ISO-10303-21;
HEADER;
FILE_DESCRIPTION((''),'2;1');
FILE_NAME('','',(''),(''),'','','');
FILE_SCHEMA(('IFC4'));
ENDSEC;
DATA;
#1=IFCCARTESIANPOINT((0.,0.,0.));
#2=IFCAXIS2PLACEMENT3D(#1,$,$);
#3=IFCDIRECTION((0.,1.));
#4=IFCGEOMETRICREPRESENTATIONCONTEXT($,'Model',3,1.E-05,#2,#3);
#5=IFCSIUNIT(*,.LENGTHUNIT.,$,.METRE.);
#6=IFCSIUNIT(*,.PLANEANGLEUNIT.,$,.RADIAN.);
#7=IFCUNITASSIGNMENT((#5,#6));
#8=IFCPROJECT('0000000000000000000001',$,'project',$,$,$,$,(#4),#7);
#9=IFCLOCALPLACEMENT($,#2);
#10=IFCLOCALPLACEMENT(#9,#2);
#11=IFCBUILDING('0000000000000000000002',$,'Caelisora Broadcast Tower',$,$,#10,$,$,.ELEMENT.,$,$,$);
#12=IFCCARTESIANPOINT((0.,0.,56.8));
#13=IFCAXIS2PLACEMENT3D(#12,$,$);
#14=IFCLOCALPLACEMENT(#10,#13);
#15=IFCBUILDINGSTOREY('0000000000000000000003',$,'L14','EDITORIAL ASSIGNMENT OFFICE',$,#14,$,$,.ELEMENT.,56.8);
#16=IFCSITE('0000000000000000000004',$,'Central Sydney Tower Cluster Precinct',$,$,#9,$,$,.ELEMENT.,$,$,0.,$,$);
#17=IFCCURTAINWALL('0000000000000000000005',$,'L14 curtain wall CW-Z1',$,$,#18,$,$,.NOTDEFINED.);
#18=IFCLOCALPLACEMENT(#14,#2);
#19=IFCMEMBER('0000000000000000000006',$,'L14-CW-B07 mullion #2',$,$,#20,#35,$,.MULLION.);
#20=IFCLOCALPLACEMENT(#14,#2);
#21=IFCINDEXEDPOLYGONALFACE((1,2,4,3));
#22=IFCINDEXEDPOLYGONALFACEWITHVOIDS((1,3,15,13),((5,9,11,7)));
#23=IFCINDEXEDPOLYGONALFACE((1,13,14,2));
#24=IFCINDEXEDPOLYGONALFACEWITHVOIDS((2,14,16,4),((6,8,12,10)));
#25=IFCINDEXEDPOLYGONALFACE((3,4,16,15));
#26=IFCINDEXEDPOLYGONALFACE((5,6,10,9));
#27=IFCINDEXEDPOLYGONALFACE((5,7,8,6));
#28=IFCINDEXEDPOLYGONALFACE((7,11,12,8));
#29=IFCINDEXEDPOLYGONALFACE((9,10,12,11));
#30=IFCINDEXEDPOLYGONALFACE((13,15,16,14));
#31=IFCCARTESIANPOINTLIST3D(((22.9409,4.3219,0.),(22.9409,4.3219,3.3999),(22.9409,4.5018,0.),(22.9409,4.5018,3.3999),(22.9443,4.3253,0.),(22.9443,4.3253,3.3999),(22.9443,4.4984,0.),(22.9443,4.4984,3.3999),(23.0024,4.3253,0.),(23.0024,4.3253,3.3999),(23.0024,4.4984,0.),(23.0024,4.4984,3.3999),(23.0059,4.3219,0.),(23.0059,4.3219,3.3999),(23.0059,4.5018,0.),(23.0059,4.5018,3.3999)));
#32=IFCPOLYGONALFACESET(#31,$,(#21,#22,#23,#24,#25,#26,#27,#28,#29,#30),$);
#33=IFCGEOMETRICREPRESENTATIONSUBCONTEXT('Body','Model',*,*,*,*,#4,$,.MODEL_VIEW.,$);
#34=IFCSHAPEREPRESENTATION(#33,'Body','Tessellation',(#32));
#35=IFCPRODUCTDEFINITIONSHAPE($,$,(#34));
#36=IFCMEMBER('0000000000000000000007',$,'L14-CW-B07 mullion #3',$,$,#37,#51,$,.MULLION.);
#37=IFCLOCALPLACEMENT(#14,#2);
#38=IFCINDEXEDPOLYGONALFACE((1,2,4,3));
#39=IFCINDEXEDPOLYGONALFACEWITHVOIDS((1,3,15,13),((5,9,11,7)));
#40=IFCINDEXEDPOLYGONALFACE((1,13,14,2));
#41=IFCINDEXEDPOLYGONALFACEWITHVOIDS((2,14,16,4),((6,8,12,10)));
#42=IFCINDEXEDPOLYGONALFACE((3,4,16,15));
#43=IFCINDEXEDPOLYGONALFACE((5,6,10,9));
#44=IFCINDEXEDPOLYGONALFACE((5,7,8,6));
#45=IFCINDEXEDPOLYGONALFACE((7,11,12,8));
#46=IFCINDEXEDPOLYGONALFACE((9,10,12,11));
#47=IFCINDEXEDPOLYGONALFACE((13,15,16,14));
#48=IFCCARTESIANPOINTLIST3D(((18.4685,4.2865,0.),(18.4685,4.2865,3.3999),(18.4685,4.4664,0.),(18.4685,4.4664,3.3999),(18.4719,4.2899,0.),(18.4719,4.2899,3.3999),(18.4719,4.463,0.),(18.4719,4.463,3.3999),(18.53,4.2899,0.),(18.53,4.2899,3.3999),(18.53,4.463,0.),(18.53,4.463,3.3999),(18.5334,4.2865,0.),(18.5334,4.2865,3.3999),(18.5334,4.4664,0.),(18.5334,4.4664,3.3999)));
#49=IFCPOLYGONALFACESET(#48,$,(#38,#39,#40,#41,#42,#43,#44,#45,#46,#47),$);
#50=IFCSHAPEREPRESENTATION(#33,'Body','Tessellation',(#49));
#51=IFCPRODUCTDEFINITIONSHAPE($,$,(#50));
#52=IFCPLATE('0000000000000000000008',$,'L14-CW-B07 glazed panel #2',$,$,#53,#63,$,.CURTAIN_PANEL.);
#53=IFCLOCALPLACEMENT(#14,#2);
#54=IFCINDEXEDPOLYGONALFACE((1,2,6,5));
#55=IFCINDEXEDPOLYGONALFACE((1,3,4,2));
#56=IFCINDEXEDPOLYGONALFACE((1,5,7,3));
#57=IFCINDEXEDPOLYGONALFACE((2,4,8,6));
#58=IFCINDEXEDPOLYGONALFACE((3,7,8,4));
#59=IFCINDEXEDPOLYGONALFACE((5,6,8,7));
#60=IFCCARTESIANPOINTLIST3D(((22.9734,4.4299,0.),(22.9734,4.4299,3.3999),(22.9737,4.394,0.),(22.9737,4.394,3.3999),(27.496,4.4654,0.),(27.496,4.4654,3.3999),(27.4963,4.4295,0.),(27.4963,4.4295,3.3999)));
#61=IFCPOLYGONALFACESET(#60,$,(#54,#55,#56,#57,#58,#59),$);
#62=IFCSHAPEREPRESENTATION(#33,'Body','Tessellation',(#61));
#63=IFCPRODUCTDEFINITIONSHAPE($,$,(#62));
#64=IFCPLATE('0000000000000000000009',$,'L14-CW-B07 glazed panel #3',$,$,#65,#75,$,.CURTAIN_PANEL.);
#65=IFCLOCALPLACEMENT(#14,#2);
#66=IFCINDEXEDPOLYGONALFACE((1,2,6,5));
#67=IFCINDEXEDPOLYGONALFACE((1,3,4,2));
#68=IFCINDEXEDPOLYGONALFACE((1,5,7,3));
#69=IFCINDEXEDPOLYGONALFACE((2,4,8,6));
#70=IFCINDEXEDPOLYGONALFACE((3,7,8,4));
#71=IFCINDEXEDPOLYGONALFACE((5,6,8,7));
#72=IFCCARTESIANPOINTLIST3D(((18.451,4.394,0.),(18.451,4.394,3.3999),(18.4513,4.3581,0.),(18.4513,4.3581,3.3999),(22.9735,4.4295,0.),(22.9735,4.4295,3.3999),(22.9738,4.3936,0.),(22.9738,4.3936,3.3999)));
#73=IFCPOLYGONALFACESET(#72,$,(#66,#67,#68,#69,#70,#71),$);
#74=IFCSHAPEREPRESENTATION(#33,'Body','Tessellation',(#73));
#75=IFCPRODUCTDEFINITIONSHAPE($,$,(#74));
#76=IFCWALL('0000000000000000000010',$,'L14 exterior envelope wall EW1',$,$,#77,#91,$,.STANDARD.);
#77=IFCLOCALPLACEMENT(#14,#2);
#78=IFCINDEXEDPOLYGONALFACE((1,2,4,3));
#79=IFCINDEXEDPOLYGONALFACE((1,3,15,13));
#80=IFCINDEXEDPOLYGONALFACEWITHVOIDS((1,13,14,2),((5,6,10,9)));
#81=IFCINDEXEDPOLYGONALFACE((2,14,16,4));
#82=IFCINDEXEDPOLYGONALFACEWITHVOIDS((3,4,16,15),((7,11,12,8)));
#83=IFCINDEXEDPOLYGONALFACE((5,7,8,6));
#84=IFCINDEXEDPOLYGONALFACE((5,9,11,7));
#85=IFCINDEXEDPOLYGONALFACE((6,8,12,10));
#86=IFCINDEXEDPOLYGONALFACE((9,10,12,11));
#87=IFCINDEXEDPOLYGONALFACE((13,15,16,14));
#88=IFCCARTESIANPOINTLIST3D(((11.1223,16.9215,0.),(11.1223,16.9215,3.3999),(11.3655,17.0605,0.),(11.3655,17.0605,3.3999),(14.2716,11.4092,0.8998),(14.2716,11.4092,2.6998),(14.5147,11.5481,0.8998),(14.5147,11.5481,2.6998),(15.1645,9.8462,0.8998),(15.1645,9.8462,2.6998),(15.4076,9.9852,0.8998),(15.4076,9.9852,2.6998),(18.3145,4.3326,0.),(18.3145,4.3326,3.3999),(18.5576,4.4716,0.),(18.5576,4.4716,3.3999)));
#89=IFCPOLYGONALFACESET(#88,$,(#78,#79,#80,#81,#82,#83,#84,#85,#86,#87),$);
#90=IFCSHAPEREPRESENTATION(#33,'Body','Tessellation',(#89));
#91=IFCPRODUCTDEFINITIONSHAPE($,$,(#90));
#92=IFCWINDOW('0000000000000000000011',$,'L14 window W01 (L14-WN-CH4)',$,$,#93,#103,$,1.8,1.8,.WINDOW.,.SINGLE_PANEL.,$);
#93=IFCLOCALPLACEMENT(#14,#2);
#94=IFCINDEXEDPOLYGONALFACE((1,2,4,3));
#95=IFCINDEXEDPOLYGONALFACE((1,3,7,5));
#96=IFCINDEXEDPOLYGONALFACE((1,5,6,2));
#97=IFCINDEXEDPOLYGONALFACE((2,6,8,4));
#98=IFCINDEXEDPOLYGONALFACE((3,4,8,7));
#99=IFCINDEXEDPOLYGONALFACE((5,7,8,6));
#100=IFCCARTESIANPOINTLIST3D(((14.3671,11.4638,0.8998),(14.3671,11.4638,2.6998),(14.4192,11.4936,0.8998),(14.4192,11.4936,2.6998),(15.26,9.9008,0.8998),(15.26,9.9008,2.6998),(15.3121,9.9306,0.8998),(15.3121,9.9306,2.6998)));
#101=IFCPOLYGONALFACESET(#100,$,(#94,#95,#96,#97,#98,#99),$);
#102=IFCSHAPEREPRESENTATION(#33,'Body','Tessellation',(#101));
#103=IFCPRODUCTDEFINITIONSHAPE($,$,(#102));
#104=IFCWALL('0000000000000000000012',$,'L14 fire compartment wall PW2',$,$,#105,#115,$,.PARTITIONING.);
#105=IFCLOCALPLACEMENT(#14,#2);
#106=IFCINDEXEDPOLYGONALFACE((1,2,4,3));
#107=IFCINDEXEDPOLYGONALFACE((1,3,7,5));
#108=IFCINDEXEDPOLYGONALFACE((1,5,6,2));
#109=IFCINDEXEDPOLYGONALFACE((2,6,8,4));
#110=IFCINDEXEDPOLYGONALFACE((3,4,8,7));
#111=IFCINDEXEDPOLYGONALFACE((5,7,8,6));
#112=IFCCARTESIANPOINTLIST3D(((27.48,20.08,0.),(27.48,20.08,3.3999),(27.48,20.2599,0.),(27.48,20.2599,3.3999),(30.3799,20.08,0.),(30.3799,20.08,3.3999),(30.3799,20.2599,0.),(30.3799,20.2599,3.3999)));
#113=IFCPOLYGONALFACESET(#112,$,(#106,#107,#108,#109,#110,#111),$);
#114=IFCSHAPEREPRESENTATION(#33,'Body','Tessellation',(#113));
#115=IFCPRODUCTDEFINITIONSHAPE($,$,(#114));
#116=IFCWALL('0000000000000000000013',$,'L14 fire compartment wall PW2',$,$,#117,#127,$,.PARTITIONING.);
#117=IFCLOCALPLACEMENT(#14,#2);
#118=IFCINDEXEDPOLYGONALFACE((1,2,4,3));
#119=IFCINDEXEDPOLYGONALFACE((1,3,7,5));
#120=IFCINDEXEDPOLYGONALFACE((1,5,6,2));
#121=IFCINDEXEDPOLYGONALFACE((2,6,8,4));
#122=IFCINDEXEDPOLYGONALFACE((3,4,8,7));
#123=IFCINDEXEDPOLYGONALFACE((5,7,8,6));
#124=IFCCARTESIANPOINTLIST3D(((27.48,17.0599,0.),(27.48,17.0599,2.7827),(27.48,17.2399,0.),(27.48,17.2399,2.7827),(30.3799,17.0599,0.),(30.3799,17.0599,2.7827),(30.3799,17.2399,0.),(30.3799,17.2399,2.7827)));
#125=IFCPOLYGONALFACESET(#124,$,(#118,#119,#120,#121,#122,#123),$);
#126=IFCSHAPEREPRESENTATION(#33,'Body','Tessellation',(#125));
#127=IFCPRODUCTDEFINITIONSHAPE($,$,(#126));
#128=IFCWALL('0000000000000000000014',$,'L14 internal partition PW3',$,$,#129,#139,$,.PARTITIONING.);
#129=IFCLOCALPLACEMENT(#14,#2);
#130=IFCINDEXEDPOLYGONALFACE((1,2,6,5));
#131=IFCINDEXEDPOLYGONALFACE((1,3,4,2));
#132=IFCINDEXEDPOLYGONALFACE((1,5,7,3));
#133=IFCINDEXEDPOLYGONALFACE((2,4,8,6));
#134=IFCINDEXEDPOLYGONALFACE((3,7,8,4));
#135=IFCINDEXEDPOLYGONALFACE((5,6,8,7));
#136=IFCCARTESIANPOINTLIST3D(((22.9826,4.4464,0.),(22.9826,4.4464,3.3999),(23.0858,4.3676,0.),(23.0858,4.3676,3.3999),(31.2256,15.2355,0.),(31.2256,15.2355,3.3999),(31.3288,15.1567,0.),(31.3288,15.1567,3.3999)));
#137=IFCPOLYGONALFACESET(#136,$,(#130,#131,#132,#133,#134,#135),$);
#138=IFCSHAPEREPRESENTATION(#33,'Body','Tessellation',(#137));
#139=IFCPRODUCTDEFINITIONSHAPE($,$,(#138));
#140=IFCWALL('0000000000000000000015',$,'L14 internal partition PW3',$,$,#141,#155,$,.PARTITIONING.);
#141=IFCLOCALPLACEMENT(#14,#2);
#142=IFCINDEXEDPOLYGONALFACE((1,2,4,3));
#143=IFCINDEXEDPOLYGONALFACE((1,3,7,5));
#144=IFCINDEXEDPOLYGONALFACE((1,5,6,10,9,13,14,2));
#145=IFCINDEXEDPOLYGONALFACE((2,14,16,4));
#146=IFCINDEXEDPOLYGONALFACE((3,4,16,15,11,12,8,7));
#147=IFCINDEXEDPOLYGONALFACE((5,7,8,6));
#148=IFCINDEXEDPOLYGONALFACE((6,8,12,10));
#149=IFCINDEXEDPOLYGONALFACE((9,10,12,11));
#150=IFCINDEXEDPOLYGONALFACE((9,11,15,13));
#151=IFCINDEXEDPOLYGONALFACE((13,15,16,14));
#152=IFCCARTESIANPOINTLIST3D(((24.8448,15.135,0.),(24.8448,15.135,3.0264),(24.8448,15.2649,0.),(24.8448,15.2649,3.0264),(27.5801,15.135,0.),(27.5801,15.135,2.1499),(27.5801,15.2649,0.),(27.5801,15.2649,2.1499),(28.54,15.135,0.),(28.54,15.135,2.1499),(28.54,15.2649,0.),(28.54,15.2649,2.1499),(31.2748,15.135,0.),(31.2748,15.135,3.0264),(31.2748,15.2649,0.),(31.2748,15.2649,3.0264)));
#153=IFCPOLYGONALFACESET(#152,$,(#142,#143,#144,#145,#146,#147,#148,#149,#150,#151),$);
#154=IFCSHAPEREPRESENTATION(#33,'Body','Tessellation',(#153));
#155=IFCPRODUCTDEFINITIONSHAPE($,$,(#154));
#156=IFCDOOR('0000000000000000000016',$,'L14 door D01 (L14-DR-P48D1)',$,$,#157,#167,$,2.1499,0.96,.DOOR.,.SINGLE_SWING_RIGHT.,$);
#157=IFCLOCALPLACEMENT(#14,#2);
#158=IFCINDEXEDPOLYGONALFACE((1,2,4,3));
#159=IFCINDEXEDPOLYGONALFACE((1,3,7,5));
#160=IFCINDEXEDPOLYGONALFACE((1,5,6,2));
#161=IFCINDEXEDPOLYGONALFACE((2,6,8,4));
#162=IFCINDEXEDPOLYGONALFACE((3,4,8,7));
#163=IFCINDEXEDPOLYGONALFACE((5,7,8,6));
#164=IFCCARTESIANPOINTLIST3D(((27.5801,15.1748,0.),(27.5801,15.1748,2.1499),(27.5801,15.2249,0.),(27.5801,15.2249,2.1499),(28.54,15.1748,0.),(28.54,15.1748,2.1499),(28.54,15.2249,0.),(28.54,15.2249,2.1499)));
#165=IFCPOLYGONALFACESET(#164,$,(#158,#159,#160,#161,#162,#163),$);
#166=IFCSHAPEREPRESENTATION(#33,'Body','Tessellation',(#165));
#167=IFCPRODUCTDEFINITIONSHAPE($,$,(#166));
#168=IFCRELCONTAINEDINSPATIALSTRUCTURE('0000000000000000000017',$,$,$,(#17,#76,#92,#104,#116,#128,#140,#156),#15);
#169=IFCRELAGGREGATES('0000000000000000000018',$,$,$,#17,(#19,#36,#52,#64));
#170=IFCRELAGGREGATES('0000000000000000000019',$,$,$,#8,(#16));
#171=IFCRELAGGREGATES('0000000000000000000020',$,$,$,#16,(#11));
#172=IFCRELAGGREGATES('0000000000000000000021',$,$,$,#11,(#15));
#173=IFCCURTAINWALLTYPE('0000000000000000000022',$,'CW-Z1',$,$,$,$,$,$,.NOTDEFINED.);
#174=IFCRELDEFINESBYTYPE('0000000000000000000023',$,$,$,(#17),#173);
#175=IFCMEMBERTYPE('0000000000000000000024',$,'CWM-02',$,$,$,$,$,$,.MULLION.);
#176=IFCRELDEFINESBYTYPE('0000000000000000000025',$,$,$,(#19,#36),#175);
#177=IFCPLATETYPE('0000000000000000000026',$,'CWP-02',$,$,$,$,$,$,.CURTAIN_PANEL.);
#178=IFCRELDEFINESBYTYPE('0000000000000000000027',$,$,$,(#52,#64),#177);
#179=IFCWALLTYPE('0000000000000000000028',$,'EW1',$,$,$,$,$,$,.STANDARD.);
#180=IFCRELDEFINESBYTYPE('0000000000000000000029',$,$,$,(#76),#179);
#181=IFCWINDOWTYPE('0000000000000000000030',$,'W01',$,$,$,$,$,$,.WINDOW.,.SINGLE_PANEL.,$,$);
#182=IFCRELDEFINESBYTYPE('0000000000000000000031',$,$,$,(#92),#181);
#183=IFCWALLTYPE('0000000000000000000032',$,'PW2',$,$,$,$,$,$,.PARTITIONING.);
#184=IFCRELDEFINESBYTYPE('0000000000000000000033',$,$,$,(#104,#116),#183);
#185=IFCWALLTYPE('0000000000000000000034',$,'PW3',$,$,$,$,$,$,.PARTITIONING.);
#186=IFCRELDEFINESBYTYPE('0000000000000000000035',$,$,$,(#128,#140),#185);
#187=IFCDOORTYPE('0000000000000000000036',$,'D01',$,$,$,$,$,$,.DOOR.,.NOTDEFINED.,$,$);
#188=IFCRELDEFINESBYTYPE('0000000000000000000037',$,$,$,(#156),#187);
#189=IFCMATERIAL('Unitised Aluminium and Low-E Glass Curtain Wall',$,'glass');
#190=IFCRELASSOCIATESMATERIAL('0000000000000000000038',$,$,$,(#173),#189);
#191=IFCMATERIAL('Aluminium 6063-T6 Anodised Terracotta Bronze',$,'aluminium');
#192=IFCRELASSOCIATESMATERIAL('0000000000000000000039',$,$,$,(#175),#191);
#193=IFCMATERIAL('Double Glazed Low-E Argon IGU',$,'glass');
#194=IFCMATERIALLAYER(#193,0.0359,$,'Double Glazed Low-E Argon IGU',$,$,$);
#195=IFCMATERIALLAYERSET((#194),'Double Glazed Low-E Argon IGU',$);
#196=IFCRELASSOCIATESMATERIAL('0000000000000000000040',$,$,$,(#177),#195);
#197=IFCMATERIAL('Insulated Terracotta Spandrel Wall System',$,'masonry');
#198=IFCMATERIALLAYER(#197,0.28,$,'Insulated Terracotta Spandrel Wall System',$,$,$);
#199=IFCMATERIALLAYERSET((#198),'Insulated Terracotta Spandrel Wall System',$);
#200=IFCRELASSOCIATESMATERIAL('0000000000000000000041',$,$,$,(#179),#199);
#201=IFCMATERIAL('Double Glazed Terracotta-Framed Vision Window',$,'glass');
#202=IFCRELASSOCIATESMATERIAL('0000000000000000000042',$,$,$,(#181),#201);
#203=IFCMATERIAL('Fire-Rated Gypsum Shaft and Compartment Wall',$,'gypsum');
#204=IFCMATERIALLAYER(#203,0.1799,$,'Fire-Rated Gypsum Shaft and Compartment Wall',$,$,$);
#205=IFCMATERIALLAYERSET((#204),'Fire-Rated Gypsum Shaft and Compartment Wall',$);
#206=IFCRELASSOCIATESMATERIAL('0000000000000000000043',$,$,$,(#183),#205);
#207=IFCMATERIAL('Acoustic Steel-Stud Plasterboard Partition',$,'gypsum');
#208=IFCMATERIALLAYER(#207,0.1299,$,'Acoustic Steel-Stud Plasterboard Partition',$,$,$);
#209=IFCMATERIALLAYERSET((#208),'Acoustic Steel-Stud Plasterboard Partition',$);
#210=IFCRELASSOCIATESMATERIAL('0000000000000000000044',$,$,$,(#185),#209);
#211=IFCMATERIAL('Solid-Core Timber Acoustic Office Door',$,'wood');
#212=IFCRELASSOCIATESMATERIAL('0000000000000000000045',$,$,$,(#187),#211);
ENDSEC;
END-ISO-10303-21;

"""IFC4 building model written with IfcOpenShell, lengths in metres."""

from ifc_helpers import new_model, si_unit, direction, frame, frame_2d, origin, origin_2d, place, context, subcontext, project, spatial, rectangle, hollow_rectangle, extrude, source, transform, mapped, material, layer, layer_set, material_profile, profile_set, type_object, type_shapes, element, fill, aggregate, save


model = new_model("IFC4")

# Units and contexts
model_context = context("Model", 3, precision=1e-05, world=origin(), true_north=direction((0.0, 1.0)))
body_context = subcontext(model_context, "Body", "Model", "MODEL_VIEW")
ifc_project = project(units=[si_unit("LENGTHUNIT", "METRE"), si_unit("PLANEANGLEUNIT", "RADIAN")], contexts=[model_context])

# Site, building, storey
site_placement = place(None, origin())
site = spatial("IfcSite", under=ifc_project, at=site_placement, Name="Central Sydney Tower Cluster Precinct", CompositionType="ELEMENT", RefElevation=0.0)
building_placement = place(site_placement, origin())
building = spatial("IfcBuilding", under=site, at=building_placement, Name="Caelisora Broadcast Tower", CompositionType="ELEMENT")
storey_placement = place(building_placement, frame((0.0, 0.0, 56.8)))
storey = spatial("IfcBuildingStorey", under=building, at=storey_placement, Name="L14", Description="EDITORIAL ASSIGNMENT OFFICE", CompositionType="ELEMENT", Elevation=56.8)

# Curtain wall, members, plates
ifc_material_1 = material(Name="Unitised Aluminium and Low-E Glass Curtain Wall", Category="glass")
curtain_wall_type = type_object("IfcCurtainWallType", Name="CW-Z1", PredefinedType="NOTDEFINED", material=ifc_material_1)
curtain_wall_placement = place(storey_placement, origin())
curtain_wall = element("IfcCurtainWall", 1, at=curtain_wall_placement, inside=storey, type_object=curtain_wall_type, Name="L14 curtain wall CW-Z1", PredefinedType="NOTDEFINED")
ifc_material_2 = material(Name="Aluminium 6063-T6 Anodised Terracotta Bronze", Category="aluminium")
ifc_material_profile_1 = material_profile(ifc_material_2, hollow_rectangle(XDim=0.0649, YDim=0.1799, WallThickness=0.0034, at=origin_2d()), Name="Aluminium 6063-T6 Anodised Terracotta Bronze")
ifc_profile_set_1 = profile_set([ifc_material_profile_1], Name="Aluminium 6063-T6 Anodised Terracotta Bronze")
member_type = type_object("IfcMemberType", Name="CWM-02", PredefinedType="MULLION", material=ifc_profile_set_1)
shared_shape_1 = source(origin(), body_context, "Body", "SweptSolid", [
    extrude(hollow_rectangle(XDim=0.0649, YDim=0.1799, WallThickness=0.0034, at=origin_2d()), origin(), (0.0, 0.0, 1.0), 3.3999),
])
type_shapes(member_type, [shared_shape_1])
member_1_placement = place(storey_placement, frame((22.9734, 4.4119, 0.0), z_axis=(0.0, 0.0, 1.0), x_axis=(1.0, 0.0, 0.0)))
member_1 = element("IfcMember", 2, at=member_1_placement, type_object=member_type, Name="L14-CW-B07 mullion #2", PredefinedType="MULLION", context=body_context, shape_type="MappedRepresentation", body=[
    mapped(shared_shape_1, transform((0.0, 0.0, 0.0), scale=1.0)),
])
member_2_placement = place(storey_placement, frame((18.501, 4.3765, 0.0), z_axis=(0.0, 0.0, 1.0), x_axis=(1.0, 0.0, 0.0)))
member_2 = element("IfcMember", 3, at=member_2_placement, type_object=member_type, Name="L14-CW-B07 mullion #3", PredefinedType="MULLION", context=body_context, shape_type="MappedRepresentation", body=[
    mapped(shared_shape_1, transform((0.0, 0.0, 0.0), scale=1.0)),
])
ifc_material_3 = material(Name="Double Glazed Low-E Argon IGU", Category="glass")
ifc_layer_1 = layer(ifc_material_3, 0.0359, Name="Double Glazed Low-E Argon IGU")
ifc_layer_set_1 = layer_set([ifc_layer_1], Name="Double Glazed Low-E Argon IGU")
plate_type = type_object("IfcPlateType", Name="CWP-02", PredefinedType="CURTAIN_PANEL", material=ifc_layer_set_1)
shared_shape_2 = source(origin(), body_context, "Body", "SweptSolid", [
    extrude(rectangle(XDim=4.5227, YDim=0.0359, at=origin_2d()), origin(), (0.0, 0.0, 1.0), 3.3999),
])
type_shapes(plate_type, [shared_shape_2])
plate_1_placement = place(storey_placement, frame((25.2349, 4.4297, 0.0), z_axis=(0.0, 0.0, 1.0), x_axis=(-0.999969, -0.007854, 0.0)))
plate_1 = element("IfcPlate", 4, at=plate_1_placement, type_object=plate_type, Name="L14-CW-B07 glazed panel #2", PredefinedType="CURTAIN_PANEL", context=body_context, shape_type="MappedRepresentation", body=[
    mapped(shared_shape_2, transform((0.0, 0.0, 0.0), scale=1.0)),
])
plate_2_placement = place(storey_placement, frame((20.7124, 4.3938, 0.0), z_axis=(0.0, 0.0, 1.0), x_axis=(-0.999969, -0.007854, 0.0)))
plate_2 = element("IfcPlate", 5, at=plate_2_placement, type_object=plate_type, Name="L14-CW-B07 glazed panel #3", PredefinedType="CURTAIN_PANEL", context=body_context, shape_type="MappedRepresentation", body=[
    mapped(shared_shape_2, transform((0.0, 0.0, 0.0), scale=1.0)),
])
aggregate(curtain_wall, [member_1, member_2, plate_1, plate_2])

# Wall, opening, window
ifc_material_4 = material(Name="Insulated Terracotta Spandrel Wall System", Category="masonry")
ifc_layer_2 = layer(ifc_material_4, 0.28, Name="Insulated Terracotta Spandrel Wall System")
ifc_layer_set_2 = layer_set([ifc_layer_2], Name="Insulated Terracotta Spandrel Wall System")
wall_type_1 = type_object("IfcWallType", Name="EW1", PredefinedType="STANDARD", material=ifc_layer_set_2)
wall_1_placement = place(storey_placement, frame((18.436, 4.4021, 0.0), z_axis=(0.0, 0.0, 1.0), x_axis=(-0.496061, 0.868288, 0.0)))
wall_1 = element("IfcWall", 6, at=wall_1_placement, inside=storey, type_object=wall_type_1, Name="L14 exterior envelope wall EW1", PredefinedType="STANDARD", context=body_context, shape_type="SweptSolid", body=[
    extrude(rectangle(XDim=14.4985, YDim=0.28, at=frame_2d((7.2493, 0.0))), origin(), (0.0, 0.0, 1.0), 3.3999),
])
opening_1_placement = place(wall_1_placement, frame((6.3501, 0.0, 0.8999)))
opening_1 = element("IfcOpeningElement", 7, at=opening_1_placement, cuts=wall_1, PredefinedType="OPENING", context=body_context, shape_type="SweptSolid", body=[
    extrude(rectangle(XDim=1.8, YDim=1.8, at=frame_2d((0.8999, 0.8999))), frame((0.0, 0.1521, 0.0), z_axis=(0.0, -1.0, 0.0), x_axis=(1.0, 0.0, 0.0)), (0.0, 0.0, 1.0), 0.304),
])
ifc_material_5 = material(Name="Double Glazed Terracotta-Framed Vision Window", Category="glass")
window_type = type_object("IfcWindowType", Name="W01", PartitioningType="SINGLE_PANEL", PredefinedType="WINDOW", material=ifc_material_5)
window_placement = place(opening_1_placement, origin())
window = element("IfcWindow", 8, at=window_placement, inside=storey, type_object=window_type, Name="L14 window W01 (L14-WN-CH4)", OverallHeight=1.8, OverallWidth=1.8, PartitioningType="SINGLE_PANEL", PredefinedType="WINDOW", context=body_context, shape_type="SweptSolid", body=[
    extrude(rectangle(XDim=1.8, YDim=1.8, at=frame_2d((0.8999, 0.8999))), frame((0.0, 0.03, 0.0), z_axis=(0.0, -1.0, 0.0), x_axis=(1.0, 0.0, 0.0)), (0.0, 0.0, 1.0), 0.0601),
])
fill(opening_1, window)

# Wall
ifc_material_6 = material(Name="Fire-Rated Gypsum Shaft and Compartment Wall", Category="gypsum")
ifc_layer_3 = layer(ifc_material_6, 0.1799, Name="Fire-Rated Gypsum Shaft and Compartment Wall")
ifc_layer_set_3 = layer_set([ifc_layer_3], Name="Fire-Rated Gypsum Shaft and Compartment Wall")
wall_type_2 = type_object("IfcWallType", Name="PW2", PredefinedType="PARTITIONING", material=ifc_layer_set_3)
wall_2_placement = place(storey_placement, frame((27.48, 20.1699, 0.0), z_axis=(0.0, 0.0, 1.0), x_axis=(1.0, 0.0, 0.0)))
element("IfcWall", 9, at=wall_2_placement, inside=storey, type_object=wall_type_2, Name="L14 fire compartment wall PW2", PredefinedType="PARTITIONING", context=body_context, shape_type="SweptSolid", body=[
    extrude(rectangle(XDim=2.8999, YDim=0.1799, at=frame_2d((1.45, 0.0))), origin(), (0.0, 0.0, 1.0), 3.3999),
])

# Walls
wall_3_placement = place(storey_placement, frame((27.48, 17.1499, 0.0), z_axis=(0.0, 0.0, 1.0), x_axis=(1.0, 0.0, 0.0)))
element("IfcWall", 10, at=wall_3_placement, inside=storey, type_object=wall_type_2, Name="L14 fire compartment wall PW2", PredefinedType="PARTITIONING", context=body_context, shape_type="SweptSolid", body=[
    extrude(rectangle(XDim=2.8999, YDim=0.1799, at=frame_2d((1.45, 0.0))), origin(), (0.0, 0.0, 1.0), 2.7827),
])
ifc_material_7 = material(Name="Acoustic Steel-Stud Plasterboard Partition", Category="gypsum")
ifc_layer_4 = layer(ifc_material_7, 0.1299, Name="Acoustic Steel-Stud Plasterboard Partition")
ifc_layer_set_4 = layer_set([ifc_layer_4], Name="Acoustic Steel-Stud Plasterboard Partition")
wall_type_3 = type_object("IfcWallType", Name="PW3", PredefinedType="PARTITIONING", material=ifc_layer_set_4)
wall_4_placement = place(storey_placement, frame((23.0342, 4.407, 0.0), z_axis=(0.0, 0.0, 1.0), x_axis=(0.6071, 0.794626, 0.0)))
element("IfcWall", 11, at=wall_4_placement, inside=storey, type_object=wall_type_3, Name="L14 internal partition PW3", PredefinedType="PARTITIONING", context=body_context, shape_type="SweptSolid", body=[
    extrude(rectangle(XDim=13.5776, YDim=0.1299, at=frame_2d((6.7888, 0.0))), origin(), (0.0, 0.0, 1.0), 3.3999),
])

# Wall, opening, door
wall_5_placement = place(storey_placement, frame((24.845, 15.2, 0.0), z_axis=(0.0, 0.0, 1.0), x_axis=(1.0, 0.0, 0.0)))
wall_5 = element("IfcWall", 12, at=wall_5_placement, inside=storey, type_object=wall_type_3, Name="L14 internal partition PW3", PredefinedType="PARTITIONING", context=body_context, shape_type="SweptSolid", body=[
    extrude(rectangle(XDim=6.4299, YDim=0.1299, at=frame_2d((3.2148, 0.0))), origin(), (0.0, 0.0, 1.0), 3.0264),
])
opening_2_placement = place(wall_5_placement, frame((2.7351, 0.0, 0.0)))
opening_2 = element("IfcOpeningElement", 13, at=opening_2_placement, cuts=wall_5, PredefinedType="OPENING", context=body_context, shape_type="SweptSolid", body=[
    extrude(rectangle(XDim=0.96, YDim=2.1499, at=frame_2d((0.48, 1.075))), frame((0.0, 0.0769, 0.0), z_axis=(0.0, -1.0, 0.0), x_axis=(1.0, 0.0, 0.0)), (0.0, 0.0, 1.0), 0.1538),
])
ifc_material_8 = material(Name="Solid-Core Timber Acoustic Office Door", Category="wood")
door_type_1 = type_object("IfcDoorType", Name="D01", OperationType="NOTDEFINED", PredefinedType="DOOR", material=ifc_material_8)
door_1_placement = place(opening_2_placement, origin())
door_1 = element("IfcDoor", 14, at=door_1_placement, inside=storey, type_object=door_type_1, Name="L14 door D01 (L14-DR-P48D1)", OperationType="SINGLE_SWING_RIGHT", OverallHeight=2.1499, OverallWidth=0.96, PredefinedType="DOOR", context=body_context, shape_type="SweptSolid", body=[
    extrude(rectangle(XDim=0.96, YDim=2.1499, at=frame_2d((0.48, 1.075))), frame((0.0, 0.0249, 0.0), z_axis=(0.0, -1.0, 0.0), x_axis=(1.0, 0.0, 0.0)), (0.0, 0.0, 1.0), 0.05),
])
fill(opening_2, door_1)

save(model, "model.ifc")
